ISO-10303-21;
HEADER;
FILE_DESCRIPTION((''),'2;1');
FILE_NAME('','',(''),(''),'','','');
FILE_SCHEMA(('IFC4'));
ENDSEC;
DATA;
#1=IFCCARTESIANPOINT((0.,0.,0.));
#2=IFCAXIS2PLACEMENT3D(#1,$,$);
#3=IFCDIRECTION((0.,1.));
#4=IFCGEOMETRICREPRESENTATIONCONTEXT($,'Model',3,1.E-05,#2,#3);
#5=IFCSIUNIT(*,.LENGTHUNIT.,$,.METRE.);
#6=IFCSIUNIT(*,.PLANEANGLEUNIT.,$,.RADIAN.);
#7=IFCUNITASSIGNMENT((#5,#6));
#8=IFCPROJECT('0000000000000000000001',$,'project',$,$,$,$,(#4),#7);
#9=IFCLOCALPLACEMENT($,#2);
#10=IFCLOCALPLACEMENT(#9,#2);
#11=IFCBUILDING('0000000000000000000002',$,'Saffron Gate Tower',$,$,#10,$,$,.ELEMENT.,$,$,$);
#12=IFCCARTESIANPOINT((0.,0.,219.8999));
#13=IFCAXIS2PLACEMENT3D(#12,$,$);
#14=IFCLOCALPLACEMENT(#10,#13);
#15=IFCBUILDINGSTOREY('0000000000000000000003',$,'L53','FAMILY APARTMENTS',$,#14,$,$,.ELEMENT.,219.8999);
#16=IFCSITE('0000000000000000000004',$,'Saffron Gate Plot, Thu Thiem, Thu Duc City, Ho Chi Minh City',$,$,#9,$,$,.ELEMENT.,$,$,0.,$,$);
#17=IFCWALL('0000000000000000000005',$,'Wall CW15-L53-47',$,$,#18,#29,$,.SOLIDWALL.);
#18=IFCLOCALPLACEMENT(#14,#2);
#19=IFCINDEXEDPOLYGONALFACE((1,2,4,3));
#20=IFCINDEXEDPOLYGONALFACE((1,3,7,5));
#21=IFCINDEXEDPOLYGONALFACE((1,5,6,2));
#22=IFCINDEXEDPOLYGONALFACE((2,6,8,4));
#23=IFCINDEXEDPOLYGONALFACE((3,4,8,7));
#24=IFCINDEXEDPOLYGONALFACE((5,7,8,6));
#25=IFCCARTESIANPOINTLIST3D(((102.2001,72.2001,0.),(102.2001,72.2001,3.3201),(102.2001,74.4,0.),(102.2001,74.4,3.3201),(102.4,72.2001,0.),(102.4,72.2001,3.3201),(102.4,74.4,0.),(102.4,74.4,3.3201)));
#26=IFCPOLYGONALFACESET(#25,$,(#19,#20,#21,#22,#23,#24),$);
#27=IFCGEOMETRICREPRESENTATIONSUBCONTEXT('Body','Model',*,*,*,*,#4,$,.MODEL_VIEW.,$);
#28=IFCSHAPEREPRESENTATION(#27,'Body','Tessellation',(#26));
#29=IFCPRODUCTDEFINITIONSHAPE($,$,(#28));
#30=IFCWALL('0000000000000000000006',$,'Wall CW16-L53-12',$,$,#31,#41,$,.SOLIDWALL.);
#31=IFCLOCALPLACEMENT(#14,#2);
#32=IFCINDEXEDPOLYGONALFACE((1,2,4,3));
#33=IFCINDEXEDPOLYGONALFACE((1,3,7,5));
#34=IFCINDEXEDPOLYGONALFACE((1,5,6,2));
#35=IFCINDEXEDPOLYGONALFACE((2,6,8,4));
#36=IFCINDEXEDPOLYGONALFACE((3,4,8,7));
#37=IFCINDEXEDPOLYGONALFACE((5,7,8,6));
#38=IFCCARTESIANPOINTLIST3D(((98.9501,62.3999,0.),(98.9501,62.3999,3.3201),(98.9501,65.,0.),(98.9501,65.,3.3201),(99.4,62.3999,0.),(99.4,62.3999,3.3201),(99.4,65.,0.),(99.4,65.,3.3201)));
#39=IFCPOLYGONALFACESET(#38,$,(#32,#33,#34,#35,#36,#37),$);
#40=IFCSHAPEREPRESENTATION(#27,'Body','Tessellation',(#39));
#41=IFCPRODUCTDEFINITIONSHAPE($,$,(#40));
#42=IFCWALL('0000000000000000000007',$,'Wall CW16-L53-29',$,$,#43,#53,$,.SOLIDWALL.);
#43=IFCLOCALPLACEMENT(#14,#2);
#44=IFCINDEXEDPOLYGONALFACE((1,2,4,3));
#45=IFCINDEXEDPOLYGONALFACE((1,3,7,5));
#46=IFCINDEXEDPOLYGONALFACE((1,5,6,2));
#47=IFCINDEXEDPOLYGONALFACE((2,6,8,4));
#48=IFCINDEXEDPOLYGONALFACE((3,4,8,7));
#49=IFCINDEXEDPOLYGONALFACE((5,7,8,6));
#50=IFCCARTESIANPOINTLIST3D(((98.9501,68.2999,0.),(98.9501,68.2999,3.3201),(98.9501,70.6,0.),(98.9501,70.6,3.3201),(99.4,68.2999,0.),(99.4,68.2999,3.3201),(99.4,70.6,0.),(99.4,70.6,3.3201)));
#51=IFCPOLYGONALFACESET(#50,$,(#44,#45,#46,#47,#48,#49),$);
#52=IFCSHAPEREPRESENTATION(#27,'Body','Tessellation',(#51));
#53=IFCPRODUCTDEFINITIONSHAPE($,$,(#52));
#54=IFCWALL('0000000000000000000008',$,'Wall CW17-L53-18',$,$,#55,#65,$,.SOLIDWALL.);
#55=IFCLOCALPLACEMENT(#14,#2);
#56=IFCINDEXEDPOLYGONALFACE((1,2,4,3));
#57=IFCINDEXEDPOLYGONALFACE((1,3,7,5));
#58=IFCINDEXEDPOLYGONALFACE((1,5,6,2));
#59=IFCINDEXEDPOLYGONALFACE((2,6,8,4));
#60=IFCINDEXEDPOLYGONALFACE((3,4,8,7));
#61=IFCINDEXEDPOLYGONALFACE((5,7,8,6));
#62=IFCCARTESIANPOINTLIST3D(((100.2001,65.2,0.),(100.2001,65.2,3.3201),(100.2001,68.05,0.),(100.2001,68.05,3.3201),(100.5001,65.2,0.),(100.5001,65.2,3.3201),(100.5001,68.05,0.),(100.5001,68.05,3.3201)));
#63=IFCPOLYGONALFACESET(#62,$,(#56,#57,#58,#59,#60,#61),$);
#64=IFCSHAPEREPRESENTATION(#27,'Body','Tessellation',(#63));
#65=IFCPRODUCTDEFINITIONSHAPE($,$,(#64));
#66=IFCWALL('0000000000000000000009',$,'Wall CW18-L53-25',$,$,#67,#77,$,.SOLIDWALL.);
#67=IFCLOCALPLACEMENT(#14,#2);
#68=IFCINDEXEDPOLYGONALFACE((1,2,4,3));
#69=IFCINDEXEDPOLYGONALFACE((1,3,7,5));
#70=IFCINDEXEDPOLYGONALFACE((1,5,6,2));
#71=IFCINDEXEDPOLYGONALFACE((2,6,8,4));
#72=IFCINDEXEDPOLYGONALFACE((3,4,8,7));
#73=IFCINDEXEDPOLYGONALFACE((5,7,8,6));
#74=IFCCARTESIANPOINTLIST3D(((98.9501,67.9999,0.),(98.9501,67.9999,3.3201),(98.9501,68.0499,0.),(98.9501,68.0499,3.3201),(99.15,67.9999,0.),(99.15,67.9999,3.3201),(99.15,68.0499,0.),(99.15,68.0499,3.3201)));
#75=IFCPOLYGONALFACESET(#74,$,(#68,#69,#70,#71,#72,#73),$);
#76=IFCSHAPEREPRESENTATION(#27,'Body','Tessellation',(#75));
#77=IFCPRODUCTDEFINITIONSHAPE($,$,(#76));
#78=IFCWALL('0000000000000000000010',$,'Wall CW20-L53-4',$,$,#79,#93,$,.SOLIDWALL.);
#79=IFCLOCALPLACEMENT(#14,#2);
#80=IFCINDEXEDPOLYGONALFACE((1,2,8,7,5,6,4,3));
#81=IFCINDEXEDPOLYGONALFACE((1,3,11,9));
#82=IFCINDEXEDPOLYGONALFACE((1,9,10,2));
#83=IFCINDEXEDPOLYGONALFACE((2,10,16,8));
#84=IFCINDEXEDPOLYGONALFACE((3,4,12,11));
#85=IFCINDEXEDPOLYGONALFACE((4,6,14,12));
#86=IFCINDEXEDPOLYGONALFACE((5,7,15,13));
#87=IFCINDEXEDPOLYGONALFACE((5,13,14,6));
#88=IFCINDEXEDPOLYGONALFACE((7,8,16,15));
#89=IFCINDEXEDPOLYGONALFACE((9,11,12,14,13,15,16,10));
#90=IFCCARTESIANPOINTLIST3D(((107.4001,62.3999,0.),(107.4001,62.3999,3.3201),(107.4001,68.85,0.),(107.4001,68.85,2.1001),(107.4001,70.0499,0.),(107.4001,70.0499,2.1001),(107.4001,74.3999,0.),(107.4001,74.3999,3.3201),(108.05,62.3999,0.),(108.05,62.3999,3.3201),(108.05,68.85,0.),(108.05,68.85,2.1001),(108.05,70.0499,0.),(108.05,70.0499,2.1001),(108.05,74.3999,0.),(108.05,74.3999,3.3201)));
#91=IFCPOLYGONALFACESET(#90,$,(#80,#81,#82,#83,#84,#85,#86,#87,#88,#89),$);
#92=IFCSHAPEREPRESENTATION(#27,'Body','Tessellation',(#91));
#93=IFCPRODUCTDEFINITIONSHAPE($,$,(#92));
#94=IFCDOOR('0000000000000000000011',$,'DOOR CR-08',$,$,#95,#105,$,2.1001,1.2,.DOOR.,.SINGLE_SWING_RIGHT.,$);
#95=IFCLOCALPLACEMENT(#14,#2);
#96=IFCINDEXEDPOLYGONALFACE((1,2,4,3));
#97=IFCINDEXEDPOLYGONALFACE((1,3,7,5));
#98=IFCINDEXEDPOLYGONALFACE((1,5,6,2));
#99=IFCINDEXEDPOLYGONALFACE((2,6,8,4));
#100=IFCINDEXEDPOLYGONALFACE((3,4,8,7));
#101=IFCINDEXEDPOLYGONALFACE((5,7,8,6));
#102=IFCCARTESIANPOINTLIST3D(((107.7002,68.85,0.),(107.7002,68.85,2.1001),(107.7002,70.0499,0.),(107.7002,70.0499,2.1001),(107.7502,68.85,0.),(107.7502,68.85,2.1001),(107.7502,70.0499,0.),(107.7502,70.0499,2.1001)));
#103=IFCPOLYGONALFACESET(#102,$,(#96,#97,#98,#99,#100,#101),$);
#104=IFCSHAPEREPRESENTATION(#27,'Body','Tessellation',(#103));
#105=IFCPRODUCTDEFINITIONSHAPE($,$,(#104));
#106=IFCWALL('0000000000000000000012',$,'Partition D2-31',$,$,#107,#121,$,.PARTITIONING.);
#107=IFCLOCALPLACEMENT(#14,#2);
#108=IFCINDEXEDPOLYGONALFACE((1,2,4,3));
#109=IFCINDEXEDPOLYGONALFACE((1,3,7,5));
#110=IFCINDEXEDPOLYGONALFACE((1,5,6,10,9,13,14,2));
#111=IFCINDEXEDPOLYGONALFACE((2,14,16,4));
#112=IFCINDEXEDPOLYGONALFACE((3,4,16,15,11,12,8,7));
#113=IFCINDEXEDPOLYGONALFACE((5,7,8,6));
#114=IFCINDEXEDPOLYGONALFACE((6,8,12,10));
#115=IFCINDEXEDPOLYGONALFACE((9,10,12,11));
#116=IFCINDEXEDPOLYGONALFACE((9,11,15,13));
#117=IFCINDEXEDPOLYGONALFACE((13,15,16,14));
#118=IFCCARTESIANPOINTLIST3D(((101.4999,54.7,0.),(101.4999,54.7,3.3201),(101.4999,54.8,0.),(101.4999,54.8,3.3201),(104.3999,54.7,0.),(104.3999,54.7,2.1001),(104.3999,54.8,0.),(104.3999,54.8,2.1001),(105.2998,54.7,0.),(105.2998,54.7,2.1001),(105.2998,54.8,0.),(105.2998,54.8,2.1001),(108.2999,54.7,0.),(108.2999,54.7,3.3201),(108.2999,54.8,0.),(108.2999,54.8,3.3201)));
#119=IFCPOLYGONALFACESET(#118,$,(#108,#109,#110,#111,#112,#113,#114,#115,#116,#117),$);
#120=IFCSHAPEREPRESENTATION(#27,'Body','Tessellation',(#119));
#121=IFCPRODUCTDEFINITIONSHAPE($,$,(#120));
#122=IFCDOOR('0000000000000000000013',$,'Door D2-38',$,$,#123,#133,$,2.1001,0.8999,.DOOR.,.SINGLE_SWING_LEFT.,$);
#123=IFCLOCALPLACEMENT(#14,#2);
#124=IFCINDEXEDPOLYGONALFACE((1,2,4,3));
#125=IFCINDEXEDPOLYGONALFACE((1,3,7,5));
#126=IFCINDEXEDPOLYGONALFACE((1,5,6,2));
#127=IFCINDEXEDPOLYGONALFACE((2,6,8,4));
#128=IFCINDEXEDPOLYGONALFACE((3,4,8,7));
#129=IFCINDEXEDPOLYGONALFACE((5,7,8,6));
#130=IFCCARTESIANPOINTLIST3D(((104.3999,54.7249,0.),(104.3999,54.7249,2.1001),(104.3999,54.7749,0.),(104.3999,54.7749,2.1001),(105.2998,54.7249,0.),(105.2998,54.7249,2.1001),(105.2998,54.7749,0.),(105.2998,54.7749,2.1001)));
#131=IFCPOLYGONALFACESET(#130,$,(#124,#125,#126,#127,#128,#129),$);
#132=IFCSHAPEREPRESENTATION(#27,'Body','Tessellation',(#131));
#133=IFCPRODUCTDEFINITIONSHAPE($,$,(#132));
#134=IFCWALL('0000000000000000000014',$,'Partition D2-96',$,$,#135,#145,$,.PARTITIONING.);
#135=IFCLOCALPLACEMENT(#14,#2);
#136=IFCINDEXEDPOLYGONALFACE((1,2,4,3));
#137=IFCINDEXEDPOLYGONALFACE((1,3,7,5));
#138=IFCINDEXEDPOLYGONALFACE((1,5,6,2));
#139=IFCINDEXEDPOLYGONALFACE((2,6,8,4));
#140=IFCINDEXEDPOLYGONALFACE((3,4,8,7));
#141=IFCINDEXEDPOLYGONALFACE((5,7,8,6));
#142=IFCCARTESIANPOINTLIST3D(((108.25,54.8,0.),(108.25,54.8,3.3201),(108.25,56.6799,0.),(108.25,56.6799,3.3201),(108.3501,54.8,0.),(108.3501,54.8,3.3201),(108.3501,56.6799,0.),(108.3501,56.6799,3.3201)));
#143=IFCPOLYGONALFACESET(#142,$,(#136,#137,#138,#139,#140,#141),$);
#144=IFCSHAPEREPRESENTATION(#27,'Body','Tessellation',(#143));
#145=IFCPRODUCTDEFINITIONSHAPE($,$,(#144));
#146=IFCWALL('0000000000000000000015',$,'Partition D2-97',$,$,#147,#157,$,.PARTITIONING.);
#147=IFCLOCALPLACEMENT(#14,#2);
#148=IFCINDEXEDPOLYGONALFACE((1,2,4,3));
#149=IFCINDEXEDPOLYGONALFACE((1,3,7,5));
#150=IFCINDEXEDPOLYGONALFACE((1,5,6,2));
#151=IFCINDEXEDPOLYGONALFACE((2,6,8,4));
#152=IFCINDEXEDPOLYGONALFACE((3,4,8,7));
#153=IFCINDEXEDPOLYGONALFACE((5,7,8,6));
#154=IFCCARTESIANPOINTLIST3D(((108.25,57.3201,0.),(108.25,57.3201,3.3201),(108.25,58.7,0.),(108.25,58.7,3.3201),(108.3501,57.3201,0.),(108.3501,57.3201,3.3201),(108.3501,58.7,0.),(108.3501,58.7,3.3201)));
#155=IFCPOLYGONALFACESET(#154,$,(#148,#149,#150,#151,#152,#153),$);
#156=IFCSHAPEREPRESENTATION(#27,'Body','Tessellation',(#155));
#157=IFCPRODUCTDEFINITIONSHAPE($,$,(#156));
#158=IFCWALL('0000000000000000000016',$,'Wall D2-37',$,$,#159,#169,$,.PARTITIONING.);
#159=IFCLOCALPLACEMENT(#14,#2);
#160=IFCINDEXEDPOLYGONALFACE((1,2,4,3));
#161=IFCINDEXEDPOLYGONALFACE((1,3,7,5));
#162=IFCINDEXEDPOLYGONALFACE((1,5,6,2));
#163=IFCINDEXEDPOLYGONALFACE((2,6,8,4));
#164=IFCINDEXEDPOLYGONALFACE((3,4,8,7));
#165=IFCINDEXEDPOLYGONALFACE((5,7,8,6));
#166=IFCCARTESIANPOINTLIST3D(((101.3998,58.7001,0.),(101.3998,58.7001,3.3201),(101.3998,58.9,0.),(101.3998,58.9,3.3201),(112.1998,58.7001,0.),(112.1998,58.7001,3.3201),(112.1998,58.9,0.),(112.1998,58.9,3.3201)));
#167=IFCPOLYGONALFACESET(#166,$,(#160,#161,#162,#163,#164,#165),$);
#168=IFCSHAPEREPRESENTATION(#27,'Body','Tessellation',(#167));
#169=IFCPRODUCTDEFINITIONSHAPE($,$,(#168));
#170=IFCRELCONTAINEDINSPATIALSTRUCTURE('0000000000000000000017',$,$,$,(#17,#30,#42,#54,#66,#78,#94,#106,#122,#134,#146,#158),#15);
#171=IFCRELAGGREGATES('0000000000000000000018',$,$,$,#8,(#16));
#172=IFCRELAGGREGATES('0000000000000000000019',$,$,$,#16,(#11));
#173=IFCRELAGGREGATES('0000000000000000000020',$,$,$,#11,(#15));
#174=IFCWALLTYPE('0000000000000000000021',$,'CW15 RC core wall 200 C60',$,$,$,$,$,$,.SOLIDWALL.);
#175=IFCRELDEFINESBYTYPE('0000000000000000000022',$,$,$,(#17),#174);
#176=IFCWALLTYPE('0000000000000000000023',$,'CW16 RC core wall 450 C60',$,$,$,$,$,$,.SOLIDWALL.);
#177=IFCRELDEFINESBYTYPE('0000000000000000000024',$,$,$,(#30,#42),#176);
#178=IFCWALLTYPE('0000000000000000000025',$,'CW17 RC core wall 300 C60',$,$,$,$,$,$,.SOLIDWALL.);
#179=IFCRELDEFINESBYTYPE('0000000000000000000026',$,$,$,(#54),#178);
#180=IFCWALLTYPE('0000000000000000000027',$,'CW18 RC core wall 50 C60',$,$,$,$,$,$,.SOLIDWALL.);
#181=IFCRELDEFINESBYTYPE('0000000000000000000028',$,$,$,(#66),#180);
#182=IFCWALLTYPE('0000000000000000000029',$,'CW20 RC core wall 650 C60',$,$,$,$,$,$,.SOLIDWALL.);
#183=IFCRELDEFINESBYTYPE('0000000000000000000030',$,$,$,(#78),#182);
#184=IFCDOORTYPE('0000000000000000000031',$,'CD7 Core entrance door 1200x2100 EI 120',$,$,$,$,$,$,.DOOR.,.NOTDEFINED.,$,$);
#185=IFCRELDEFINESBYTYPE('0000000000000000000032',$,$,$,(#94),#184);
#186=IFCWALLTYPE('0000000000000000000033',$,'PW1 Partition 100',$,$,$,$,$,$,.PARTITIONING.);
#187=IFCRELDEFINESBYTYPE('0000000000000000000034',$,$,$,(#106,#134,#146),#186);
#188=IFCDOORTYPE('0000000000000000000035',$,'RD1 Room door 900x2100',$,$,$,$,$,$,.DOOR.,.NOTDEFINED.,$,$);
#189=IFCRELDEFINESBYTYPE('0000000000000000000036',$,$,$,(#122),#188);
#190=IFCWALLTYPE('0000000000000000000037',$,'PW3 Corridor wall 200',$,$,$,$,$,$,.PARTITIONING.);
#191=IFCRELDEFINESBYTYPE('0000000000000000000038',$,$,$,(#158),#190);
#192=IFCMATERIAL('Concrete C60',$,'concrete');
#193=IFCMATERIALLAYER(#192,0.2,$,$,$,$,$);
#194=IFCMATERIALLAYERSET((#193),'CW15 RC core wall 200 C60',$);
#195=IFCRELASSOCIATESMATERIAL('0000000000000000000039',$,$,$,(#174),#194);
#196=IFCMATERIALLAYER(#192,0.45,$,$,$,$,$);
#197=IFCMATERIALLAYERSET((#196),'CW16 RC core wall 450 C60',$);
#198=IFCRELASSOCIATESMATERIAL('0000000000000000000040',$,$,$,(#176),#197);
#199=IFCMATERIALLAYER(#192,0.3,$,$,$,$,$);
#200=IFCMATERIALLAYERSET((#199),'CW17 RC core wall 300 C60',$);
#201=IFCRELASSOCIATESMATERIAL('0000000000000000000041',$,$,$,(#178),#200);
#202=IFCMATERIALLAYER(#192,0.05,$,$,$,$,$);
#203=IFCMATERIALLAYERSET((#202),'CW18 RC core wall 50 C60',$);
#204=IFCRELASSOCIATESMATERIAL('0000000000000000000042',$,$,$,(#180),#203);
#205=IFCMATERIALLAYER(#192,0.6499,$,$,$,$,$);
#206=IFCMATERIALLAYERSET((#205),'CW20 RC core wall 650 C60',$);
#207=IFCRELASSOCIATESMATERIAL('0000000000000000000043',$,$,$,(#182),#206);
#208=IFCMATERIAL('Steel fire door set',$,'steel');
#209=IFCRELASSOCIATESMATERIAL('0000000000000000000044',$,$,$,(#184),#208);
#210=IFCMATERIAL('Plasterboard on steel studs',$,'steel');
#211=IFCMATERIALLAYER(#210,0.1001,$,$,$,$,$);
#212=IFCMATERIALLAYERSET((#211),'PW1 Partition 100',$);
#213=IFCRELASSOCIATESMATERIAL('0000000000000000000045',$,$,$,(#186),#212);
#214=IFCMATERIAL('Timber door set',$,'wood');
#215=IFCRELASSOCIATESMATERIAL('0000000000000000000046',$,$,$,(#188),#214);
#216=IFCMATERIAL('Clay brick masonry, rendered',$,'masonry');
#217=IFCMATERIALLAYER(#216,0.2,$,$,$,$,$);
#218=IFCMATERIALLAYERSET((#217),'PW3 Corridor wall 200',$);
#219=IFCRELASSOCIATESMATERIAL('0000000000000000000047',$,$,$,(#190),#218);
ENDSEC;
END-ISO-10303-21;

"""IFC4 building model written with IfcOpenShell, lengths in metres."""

from ifc_helpers import new_model, si_unit, direction, frame, frame_2d, origin, place, context, subcontext, project, spatial, rectangle, extrude, material, layer, layer_set, type_object, element, fill, save


model = new_model("IFC4")

# Units and contexts
model_context = context("Model", 3, precision=1e-05, world=origin(), true_north=direction((0.0, 1.0)))
body_context = subcontext(model_context, "Body", "Model", "MODEL_VIEW")
ifc_project = project(units=[si_unit("LENGTHUNIT", "METRE"), si_unit("PLANEANGLEUNIT", "RADIAN")], contexts=[model_context])

# Site, building, storey
site_placement = place(None, origin())
site = spatial("IfcSite", under=ifc_project, at=site_placement, Name="Saffron Gate Plot, Thu Thiem, Thu Duc City, Ho Chi Minh City", CompositionType="ELEMENT", RefElevation=0.0)
building_placement = place(site_placement, origin())
building = spatial("IfcBuilding", under=site, at=building_placement, Name="Saffron Gate Tower", CompositionType="ELEMENT")
storey_placement = place(building_placement, frame((0.0, 0.0, 219.8999)))
storey = spatial("IfcBuildingStorey", under=building, at=storey_placement, Name="L53", Description="FAMILY APARTMENTS", CompositionType="ELEMENT", Elevation=219.8999)

# Shared definitions
ifc_material_1 = material(Name="Concrete C60", Category="concrete")
ifc_material_2 = material(Name="Steel fire door set", Category="steel")

# Walls
ifc_layer_1 = layer(ifc_material_1, 0.2)
ifc_layer_set_1 = layer_set([ifc_layer_1], Name="CW15 RC core wall 200 C60")
wall_type_1 = type_object("IfcWallType", Name="CW15 RC core wall 200 C60", PredefinedType="SOLIDWALL", material=ifc_layer_set_1)
for number, where, z_axis, x_axis, name in (
    (1, (102.3, 72.2, 0.0), (0.0, 0.0, 1.0), (0.0, 1.0, 0.0), "Wall CW15-L53-47"),
):
    element("IfcWall", number, at=place(storey_placement, frame(where, z_axis=z_axis, x_axis=x_axis)), inside=storey, type_object=wall_type_1, Name=name, PredefinedType="SOLIDWALL", context=body_context, shape_type="SweptSolid", body=[
        extrude(rectangle(XDim=2.2, YDim=0.2, at=frame_2d((1.1001, 0.0))), origin(), (0.0, 0.0, 1.0), 3.3201),
    ])
ifc_layer_2 = layer(ifc_material_1, 0.45)
ifc_layer_set_2 = layer_set([ifc_layer_2], Name="CW16 RC core wall 450 C60")
wall_type_2 = type_object("IfcWallType", Name="CW16 RC core wall 450 C60", PredefinedType="SOLIDWALL", material=ifc_layer_set_2)
wall_1_placement = place(storey_placement, frame((99.175, 62.3999, 0.0), z_axis=(0.0, 0.0, 1.0), x_axis=(0.0, 1.0, 0.0)))
element("IfcWall", 2, at=wall_1_placement, inside=storey, type_object=wall_type_2, Name="Wall CW16-L53-12", PredefinedType="SOLIDWALL", context=body_context, shape_type="SweptSolid", body=[
    extrude(rectangle(XDim=2.6001, YDim=0.45, at=frame_2d((1.3, 0.0))), origin(), (0.0, 0.0, 1.0), 3.3201),
])
wall_2_placement = place(storey_placement, frame((99.175, 68.3, 0.0), z_axis=(0.0, 0.0, 1.0), x_axis=(0.0, 1.0, 0.0)))
element("IfcWall", 3, at=wall_2_placement, inside=storey, type_object=wall_type_2, Name="Wall CW16-L53-29", PredefinedType="SOLIDWALL", context=body_context, shape_type="SweptSolid", body=[
    extrude(rectangle(XDim=2.3, YDim=0.45, at=frame_2d((1.1499, 0.0))), origin(), (0.0, 0.0, 1.0), 3.3201),
])
ifc_layer_3 = layer(ifc_material_1, 0.3)
ifc_layer_set_3 = layer_set([ifc_layer_3], Name="CW17 RC core wall 300 C60")
wall_type_3 = type_object("IfcWallType", Name="CW17 RC core wall 300 C60", PredefinedType="SOLIDWALL", material=ifc_layer_set_3)
wall_3_placement = place(storey_placement, frame((100.3501, 65.2, 0.0), z_axis=(0.0, 0.0, 1.0), x_axis=(0.0, 1.0, 0.0)))
element("IfcWall", 4, at=wall_3_placement, inside=storey, type_object=wall_type_3, Name="Wall CW17-L53-18", PredefinedType="SOLIDWALL", context=body_context, shape_type="SweptSolid", body=[
    extrude(rectangle(XDim=2.8501, YDim=0.3, at=frame_2d((1.425, 0.0))), origin(), (0.0, 0.0, 1.0), 3.3201),
])
ifc_layer_4 = layer(ifc_material_1, 0.05)
ifc_layer_set_4 = layer_set([ifc_layer_4], Name="CW18 RC core wall 50 C60")
wall_type_4 = type_object("IfcWallType", Name="CW18 RC core wall 50 C60", PredefinedType="SOLIDWALL", material=ifc_layer_set_4)
wall_4_placement = place(storey_placement, frame((98.95, 68.0249, 0.0), z_axis=(0.0, 0.0, 1.0), x_axis=(1.0, 0.0, 0.0)))
element("IfcWall", 5, at=wall_4_placement, inside=storey, type_object=wall_type_4, Name="Wall CW18-L53-25", PredefinedType="SOLIDWALL", context=body_context, shape_type="SweptSolid", body=[
    extrude(rectangle(XDim=0.2, YDim=0.05, at=frame_2d((0.1001, 0.0))), origin(), (0.0, 0.0, 1.0), 3.3201),
])

# Walls, openings, doors
ifc_layer_5 = layer(ifc_material_1, 0.6499)
ifc_layer_set_5 = layer_set([ifc_layer_5], Name="CW20 RC core wall 650 C60")
wall_type_5 = type_object("IfcWallType", Name="CW20 RC core wall 650 C60", PredefinedType="SOLIDWALL", material=ifc_layer_set_5)
wall_5_placement = place(storey_placement, frame((107.7251, 62.3999, 0.0), z_axis=(0.0, 0.0, 1.0), x_axis=(0.0, 1.0, 0.0)))
wall_5 = element("IfcWall", 6, at=wall_5_placement, inside=storey, type_object=wall_type_5, Name="Wall CW20-L53-4", PredefinedType="SOLIDWALL", context=body_context, shape_type="SweptSolid", body=[
    extrude(rectangle(XDim=12.0, YDim=0.6499, at=frame_2d((6.0, 0.0))), origin(), (0.0, 0.0, 1.0), 3.3201),
])
opening_1_placement = place(wall_5_placement, frame((6.45, 0.0, 0.0)))
opening_1 = element("IfcOpeningElement", 7, at=opening_1_placement, cuts=wall_5, PredefinedType="OPENING", context=body_context, shape_type="SweptSolid", body=[
    extrude(rectangle(XDim=1.2, YDim=2.1001, at=frame_2d((0.6001, 1.05))), frame((0.0, 0.335, 0.0), z_axis=(0.0, -1.0, 0.0), x_axis=(1.0, 0.0, 0.0)), (0.0, 0.0, 1.0), 0.6699),
])
door_type_1 = type_object("IfcDoorType", Name="CD7 Core entrance door 1200x2100 EI 120", OperationType="NOTDEFINED", PredefinedType="DOOR", material=ifc_material_2)
door_1_placement = place(opening_1_placement, origin())
door_1 = element("IfcDoor", 8, at=door_1_placement, inside=storey, type_object=door_type_1, Name="DOOR CR-08", OperationType="SINGLE_SWING_RIGHT", OverallHeight=2.1001, OverallWidth=1.2, PredefinedType="DOOR", context=body_context, shape_type="SweptSolid", body=[
    extrude(rectangle(XDim=1.2, YDim=2.1001, at=frame_2d((0.6001, 1.05))), frame((0.0, 0.0249, 0.0), z_axis=(0.0, -1.0, 0.0), x_axis=(1.0, 0.0, 0.0)), (0.0, 0.0, 1.0), 0.05),
])
fill(opening_1, door_1)
ifc_material_3 = material(Name="Plasterboard on steel studs", Category="steel")
ifc_layer_6 = layer(ifc_material_3, 0.1001)
ifc_layer_set_6 = layer_set([ifc_layer_6], Name="PW1 Partition 100")
wall_type_6 = type_object("IfcWallType", Name="PW1 Partition 100", PredefinedType="PARTITIONING", material=ifc_layer_set_6)
wall_6_placement = place(storey_placement, frame((101.5, 54.75, 0.0), z_axis=(0.0, 0.0, 1.0), x_axis=(1.0, 0.0, 0.0)))
wall_6 = element("IfcWall", 9, at=wall_6_placement, inside=storey, type_object=wall_type_6, Name="Partition D2-31", PredefinedType="PARTITIONING", context=body_context, shape_type="SweptSolid", body=[
    extrude(rectangle(XDim=6.8, YDim=0.1001, at=frame_2d((3.3999, 0.0))), origin(), (0.0, 0.0, 1.0), 3.3201),
])
opening_2_placement = place(wall_6_placement, frame((2.8999, 0.0, 0.0)))
opening_2 = element("IfcOpeningElement", 10, at=opening_2_placement, cuts=wall_6, PredefinedType="OPENING", context=body_context, shape_type="SweptSolid", body=[
    extrude(rectangle(XDim=0.8999, YDim=2.1001, at=frame_2d((0.45, 1.05))), frame((0.0, 0.0601, 0.0), z_axis=(0.0, -1.0, 0.0), x_axis=(1.0, 0.0, 0.0)), (0.0, 0.0, 1.0), 0.1201),
])
ifc_material_4 = material(Name="Timber door set", Category="wood")
door_type_2 = type_object("IfcDoorType", Name="RD1 Room door 900x2100", OperationType="NOTDEFINED", PredefinedType="DOOR", material=ifc_material_4)
door_2_placement = place(opening_2_placement, origin())
door_2 = element("IfcDoor", 11, at=door_2_placement, inside=storey, type_object=door_type_2, Name="Door D2-38", OperationType="SINGLE_SWING_LEFT", OverallHeight=2.1001, OverallWidth=0.8999, PredefinedType="DOOR", context=body_context, shape_type="SweptSolid", body=[
    extrude(rectangle(XDim=0.8999, YDim=2.1001, at=frame_2d((0.45, 1.05))), frame((0.0, 0.0249, 0.0), z_axis=(0.0, -1.0, 0.0), x_axis=(1.0, 0.0, 0.0)), (0.0, 0.0, 1.0), 0.05),
])
fill(opening_2, door_2)

# Walls
wall_7_placement = place(storey_placement, frame((108.3, 56.6799, 0.0), z_axis=(0.0, 0.0, 1.0), x_axis=(0.0, -1.0, 0.0)))
element("IfcWall", 12, at=wall_7_placement, inside=storey, type_object=wall_type_6, Name="Partition D2-96", PredefinedType="PARTITIONING", context=body_context, shape_type="SweptSolid", body=[
    extrude(rectangle(XDim=1.8799, YDim=0.1001, at=frame_2d((0.9399, 0.0))), origin(), (0.0, 0.0, 1.0), 3.3201),
])
wall_8_placement = place(storey_placement, frame((108.3, 58.7, 0.0), z_axis=(0.0, 0.0, 1.0), x_axis=(0.0, -1.0, 0.0)))
element("IfcWall", 13, at=wall_8_placement, inside=storey, type_object=wall_type_6, Name="Partition D2-97", PredefinedType="PARTITIONING", context=body_context, shape_type="SweptSolid", body=[
    extrude(rectangle(XDim=1.3799, YDim=0.1001, at=frame_2d((0.6899, 0.0))), origin(), (0.0, 0.0, 1.0), 3.3201),
])
ifc_material_5 = material(Name="Clay brick masonry, rendered", Category="masonry")
ifc_layer_7 = layer(ifc_material_5, 0.2)
ifc_layer_set_7 = layer_set([ifc_layer_7], Name="PW3 Corridor wall 200")
wall_type_7 = type_object("IfcWallType", Name="PW3 Corridor wall 200", PredefinedType="PARTITIONING", material=ifc_layer_set_7)
wall_9_placement = place(storey_placement, frame((101.3999, 58.8, 0.0), z_axis=(0.0, 0.0, 1.0), x_axis=(1.0, 0.0, 0.0)))
element("IfcWall", 14, at=wall_9_placement, inside=storey, type_object=wall_type_7, Name="Wall D2-37", PredefinedType="PARTITIONING", context=body_context, shape_type="SweptSolid", body=[
    extrude(rectangle(XDim=10.8, YDim=0.2, at=frame_2d((5.3999, 0.0))), origin(), (0.0, 0.0, 1.0), 3.3201),
])

save(model, "model.ifc")
